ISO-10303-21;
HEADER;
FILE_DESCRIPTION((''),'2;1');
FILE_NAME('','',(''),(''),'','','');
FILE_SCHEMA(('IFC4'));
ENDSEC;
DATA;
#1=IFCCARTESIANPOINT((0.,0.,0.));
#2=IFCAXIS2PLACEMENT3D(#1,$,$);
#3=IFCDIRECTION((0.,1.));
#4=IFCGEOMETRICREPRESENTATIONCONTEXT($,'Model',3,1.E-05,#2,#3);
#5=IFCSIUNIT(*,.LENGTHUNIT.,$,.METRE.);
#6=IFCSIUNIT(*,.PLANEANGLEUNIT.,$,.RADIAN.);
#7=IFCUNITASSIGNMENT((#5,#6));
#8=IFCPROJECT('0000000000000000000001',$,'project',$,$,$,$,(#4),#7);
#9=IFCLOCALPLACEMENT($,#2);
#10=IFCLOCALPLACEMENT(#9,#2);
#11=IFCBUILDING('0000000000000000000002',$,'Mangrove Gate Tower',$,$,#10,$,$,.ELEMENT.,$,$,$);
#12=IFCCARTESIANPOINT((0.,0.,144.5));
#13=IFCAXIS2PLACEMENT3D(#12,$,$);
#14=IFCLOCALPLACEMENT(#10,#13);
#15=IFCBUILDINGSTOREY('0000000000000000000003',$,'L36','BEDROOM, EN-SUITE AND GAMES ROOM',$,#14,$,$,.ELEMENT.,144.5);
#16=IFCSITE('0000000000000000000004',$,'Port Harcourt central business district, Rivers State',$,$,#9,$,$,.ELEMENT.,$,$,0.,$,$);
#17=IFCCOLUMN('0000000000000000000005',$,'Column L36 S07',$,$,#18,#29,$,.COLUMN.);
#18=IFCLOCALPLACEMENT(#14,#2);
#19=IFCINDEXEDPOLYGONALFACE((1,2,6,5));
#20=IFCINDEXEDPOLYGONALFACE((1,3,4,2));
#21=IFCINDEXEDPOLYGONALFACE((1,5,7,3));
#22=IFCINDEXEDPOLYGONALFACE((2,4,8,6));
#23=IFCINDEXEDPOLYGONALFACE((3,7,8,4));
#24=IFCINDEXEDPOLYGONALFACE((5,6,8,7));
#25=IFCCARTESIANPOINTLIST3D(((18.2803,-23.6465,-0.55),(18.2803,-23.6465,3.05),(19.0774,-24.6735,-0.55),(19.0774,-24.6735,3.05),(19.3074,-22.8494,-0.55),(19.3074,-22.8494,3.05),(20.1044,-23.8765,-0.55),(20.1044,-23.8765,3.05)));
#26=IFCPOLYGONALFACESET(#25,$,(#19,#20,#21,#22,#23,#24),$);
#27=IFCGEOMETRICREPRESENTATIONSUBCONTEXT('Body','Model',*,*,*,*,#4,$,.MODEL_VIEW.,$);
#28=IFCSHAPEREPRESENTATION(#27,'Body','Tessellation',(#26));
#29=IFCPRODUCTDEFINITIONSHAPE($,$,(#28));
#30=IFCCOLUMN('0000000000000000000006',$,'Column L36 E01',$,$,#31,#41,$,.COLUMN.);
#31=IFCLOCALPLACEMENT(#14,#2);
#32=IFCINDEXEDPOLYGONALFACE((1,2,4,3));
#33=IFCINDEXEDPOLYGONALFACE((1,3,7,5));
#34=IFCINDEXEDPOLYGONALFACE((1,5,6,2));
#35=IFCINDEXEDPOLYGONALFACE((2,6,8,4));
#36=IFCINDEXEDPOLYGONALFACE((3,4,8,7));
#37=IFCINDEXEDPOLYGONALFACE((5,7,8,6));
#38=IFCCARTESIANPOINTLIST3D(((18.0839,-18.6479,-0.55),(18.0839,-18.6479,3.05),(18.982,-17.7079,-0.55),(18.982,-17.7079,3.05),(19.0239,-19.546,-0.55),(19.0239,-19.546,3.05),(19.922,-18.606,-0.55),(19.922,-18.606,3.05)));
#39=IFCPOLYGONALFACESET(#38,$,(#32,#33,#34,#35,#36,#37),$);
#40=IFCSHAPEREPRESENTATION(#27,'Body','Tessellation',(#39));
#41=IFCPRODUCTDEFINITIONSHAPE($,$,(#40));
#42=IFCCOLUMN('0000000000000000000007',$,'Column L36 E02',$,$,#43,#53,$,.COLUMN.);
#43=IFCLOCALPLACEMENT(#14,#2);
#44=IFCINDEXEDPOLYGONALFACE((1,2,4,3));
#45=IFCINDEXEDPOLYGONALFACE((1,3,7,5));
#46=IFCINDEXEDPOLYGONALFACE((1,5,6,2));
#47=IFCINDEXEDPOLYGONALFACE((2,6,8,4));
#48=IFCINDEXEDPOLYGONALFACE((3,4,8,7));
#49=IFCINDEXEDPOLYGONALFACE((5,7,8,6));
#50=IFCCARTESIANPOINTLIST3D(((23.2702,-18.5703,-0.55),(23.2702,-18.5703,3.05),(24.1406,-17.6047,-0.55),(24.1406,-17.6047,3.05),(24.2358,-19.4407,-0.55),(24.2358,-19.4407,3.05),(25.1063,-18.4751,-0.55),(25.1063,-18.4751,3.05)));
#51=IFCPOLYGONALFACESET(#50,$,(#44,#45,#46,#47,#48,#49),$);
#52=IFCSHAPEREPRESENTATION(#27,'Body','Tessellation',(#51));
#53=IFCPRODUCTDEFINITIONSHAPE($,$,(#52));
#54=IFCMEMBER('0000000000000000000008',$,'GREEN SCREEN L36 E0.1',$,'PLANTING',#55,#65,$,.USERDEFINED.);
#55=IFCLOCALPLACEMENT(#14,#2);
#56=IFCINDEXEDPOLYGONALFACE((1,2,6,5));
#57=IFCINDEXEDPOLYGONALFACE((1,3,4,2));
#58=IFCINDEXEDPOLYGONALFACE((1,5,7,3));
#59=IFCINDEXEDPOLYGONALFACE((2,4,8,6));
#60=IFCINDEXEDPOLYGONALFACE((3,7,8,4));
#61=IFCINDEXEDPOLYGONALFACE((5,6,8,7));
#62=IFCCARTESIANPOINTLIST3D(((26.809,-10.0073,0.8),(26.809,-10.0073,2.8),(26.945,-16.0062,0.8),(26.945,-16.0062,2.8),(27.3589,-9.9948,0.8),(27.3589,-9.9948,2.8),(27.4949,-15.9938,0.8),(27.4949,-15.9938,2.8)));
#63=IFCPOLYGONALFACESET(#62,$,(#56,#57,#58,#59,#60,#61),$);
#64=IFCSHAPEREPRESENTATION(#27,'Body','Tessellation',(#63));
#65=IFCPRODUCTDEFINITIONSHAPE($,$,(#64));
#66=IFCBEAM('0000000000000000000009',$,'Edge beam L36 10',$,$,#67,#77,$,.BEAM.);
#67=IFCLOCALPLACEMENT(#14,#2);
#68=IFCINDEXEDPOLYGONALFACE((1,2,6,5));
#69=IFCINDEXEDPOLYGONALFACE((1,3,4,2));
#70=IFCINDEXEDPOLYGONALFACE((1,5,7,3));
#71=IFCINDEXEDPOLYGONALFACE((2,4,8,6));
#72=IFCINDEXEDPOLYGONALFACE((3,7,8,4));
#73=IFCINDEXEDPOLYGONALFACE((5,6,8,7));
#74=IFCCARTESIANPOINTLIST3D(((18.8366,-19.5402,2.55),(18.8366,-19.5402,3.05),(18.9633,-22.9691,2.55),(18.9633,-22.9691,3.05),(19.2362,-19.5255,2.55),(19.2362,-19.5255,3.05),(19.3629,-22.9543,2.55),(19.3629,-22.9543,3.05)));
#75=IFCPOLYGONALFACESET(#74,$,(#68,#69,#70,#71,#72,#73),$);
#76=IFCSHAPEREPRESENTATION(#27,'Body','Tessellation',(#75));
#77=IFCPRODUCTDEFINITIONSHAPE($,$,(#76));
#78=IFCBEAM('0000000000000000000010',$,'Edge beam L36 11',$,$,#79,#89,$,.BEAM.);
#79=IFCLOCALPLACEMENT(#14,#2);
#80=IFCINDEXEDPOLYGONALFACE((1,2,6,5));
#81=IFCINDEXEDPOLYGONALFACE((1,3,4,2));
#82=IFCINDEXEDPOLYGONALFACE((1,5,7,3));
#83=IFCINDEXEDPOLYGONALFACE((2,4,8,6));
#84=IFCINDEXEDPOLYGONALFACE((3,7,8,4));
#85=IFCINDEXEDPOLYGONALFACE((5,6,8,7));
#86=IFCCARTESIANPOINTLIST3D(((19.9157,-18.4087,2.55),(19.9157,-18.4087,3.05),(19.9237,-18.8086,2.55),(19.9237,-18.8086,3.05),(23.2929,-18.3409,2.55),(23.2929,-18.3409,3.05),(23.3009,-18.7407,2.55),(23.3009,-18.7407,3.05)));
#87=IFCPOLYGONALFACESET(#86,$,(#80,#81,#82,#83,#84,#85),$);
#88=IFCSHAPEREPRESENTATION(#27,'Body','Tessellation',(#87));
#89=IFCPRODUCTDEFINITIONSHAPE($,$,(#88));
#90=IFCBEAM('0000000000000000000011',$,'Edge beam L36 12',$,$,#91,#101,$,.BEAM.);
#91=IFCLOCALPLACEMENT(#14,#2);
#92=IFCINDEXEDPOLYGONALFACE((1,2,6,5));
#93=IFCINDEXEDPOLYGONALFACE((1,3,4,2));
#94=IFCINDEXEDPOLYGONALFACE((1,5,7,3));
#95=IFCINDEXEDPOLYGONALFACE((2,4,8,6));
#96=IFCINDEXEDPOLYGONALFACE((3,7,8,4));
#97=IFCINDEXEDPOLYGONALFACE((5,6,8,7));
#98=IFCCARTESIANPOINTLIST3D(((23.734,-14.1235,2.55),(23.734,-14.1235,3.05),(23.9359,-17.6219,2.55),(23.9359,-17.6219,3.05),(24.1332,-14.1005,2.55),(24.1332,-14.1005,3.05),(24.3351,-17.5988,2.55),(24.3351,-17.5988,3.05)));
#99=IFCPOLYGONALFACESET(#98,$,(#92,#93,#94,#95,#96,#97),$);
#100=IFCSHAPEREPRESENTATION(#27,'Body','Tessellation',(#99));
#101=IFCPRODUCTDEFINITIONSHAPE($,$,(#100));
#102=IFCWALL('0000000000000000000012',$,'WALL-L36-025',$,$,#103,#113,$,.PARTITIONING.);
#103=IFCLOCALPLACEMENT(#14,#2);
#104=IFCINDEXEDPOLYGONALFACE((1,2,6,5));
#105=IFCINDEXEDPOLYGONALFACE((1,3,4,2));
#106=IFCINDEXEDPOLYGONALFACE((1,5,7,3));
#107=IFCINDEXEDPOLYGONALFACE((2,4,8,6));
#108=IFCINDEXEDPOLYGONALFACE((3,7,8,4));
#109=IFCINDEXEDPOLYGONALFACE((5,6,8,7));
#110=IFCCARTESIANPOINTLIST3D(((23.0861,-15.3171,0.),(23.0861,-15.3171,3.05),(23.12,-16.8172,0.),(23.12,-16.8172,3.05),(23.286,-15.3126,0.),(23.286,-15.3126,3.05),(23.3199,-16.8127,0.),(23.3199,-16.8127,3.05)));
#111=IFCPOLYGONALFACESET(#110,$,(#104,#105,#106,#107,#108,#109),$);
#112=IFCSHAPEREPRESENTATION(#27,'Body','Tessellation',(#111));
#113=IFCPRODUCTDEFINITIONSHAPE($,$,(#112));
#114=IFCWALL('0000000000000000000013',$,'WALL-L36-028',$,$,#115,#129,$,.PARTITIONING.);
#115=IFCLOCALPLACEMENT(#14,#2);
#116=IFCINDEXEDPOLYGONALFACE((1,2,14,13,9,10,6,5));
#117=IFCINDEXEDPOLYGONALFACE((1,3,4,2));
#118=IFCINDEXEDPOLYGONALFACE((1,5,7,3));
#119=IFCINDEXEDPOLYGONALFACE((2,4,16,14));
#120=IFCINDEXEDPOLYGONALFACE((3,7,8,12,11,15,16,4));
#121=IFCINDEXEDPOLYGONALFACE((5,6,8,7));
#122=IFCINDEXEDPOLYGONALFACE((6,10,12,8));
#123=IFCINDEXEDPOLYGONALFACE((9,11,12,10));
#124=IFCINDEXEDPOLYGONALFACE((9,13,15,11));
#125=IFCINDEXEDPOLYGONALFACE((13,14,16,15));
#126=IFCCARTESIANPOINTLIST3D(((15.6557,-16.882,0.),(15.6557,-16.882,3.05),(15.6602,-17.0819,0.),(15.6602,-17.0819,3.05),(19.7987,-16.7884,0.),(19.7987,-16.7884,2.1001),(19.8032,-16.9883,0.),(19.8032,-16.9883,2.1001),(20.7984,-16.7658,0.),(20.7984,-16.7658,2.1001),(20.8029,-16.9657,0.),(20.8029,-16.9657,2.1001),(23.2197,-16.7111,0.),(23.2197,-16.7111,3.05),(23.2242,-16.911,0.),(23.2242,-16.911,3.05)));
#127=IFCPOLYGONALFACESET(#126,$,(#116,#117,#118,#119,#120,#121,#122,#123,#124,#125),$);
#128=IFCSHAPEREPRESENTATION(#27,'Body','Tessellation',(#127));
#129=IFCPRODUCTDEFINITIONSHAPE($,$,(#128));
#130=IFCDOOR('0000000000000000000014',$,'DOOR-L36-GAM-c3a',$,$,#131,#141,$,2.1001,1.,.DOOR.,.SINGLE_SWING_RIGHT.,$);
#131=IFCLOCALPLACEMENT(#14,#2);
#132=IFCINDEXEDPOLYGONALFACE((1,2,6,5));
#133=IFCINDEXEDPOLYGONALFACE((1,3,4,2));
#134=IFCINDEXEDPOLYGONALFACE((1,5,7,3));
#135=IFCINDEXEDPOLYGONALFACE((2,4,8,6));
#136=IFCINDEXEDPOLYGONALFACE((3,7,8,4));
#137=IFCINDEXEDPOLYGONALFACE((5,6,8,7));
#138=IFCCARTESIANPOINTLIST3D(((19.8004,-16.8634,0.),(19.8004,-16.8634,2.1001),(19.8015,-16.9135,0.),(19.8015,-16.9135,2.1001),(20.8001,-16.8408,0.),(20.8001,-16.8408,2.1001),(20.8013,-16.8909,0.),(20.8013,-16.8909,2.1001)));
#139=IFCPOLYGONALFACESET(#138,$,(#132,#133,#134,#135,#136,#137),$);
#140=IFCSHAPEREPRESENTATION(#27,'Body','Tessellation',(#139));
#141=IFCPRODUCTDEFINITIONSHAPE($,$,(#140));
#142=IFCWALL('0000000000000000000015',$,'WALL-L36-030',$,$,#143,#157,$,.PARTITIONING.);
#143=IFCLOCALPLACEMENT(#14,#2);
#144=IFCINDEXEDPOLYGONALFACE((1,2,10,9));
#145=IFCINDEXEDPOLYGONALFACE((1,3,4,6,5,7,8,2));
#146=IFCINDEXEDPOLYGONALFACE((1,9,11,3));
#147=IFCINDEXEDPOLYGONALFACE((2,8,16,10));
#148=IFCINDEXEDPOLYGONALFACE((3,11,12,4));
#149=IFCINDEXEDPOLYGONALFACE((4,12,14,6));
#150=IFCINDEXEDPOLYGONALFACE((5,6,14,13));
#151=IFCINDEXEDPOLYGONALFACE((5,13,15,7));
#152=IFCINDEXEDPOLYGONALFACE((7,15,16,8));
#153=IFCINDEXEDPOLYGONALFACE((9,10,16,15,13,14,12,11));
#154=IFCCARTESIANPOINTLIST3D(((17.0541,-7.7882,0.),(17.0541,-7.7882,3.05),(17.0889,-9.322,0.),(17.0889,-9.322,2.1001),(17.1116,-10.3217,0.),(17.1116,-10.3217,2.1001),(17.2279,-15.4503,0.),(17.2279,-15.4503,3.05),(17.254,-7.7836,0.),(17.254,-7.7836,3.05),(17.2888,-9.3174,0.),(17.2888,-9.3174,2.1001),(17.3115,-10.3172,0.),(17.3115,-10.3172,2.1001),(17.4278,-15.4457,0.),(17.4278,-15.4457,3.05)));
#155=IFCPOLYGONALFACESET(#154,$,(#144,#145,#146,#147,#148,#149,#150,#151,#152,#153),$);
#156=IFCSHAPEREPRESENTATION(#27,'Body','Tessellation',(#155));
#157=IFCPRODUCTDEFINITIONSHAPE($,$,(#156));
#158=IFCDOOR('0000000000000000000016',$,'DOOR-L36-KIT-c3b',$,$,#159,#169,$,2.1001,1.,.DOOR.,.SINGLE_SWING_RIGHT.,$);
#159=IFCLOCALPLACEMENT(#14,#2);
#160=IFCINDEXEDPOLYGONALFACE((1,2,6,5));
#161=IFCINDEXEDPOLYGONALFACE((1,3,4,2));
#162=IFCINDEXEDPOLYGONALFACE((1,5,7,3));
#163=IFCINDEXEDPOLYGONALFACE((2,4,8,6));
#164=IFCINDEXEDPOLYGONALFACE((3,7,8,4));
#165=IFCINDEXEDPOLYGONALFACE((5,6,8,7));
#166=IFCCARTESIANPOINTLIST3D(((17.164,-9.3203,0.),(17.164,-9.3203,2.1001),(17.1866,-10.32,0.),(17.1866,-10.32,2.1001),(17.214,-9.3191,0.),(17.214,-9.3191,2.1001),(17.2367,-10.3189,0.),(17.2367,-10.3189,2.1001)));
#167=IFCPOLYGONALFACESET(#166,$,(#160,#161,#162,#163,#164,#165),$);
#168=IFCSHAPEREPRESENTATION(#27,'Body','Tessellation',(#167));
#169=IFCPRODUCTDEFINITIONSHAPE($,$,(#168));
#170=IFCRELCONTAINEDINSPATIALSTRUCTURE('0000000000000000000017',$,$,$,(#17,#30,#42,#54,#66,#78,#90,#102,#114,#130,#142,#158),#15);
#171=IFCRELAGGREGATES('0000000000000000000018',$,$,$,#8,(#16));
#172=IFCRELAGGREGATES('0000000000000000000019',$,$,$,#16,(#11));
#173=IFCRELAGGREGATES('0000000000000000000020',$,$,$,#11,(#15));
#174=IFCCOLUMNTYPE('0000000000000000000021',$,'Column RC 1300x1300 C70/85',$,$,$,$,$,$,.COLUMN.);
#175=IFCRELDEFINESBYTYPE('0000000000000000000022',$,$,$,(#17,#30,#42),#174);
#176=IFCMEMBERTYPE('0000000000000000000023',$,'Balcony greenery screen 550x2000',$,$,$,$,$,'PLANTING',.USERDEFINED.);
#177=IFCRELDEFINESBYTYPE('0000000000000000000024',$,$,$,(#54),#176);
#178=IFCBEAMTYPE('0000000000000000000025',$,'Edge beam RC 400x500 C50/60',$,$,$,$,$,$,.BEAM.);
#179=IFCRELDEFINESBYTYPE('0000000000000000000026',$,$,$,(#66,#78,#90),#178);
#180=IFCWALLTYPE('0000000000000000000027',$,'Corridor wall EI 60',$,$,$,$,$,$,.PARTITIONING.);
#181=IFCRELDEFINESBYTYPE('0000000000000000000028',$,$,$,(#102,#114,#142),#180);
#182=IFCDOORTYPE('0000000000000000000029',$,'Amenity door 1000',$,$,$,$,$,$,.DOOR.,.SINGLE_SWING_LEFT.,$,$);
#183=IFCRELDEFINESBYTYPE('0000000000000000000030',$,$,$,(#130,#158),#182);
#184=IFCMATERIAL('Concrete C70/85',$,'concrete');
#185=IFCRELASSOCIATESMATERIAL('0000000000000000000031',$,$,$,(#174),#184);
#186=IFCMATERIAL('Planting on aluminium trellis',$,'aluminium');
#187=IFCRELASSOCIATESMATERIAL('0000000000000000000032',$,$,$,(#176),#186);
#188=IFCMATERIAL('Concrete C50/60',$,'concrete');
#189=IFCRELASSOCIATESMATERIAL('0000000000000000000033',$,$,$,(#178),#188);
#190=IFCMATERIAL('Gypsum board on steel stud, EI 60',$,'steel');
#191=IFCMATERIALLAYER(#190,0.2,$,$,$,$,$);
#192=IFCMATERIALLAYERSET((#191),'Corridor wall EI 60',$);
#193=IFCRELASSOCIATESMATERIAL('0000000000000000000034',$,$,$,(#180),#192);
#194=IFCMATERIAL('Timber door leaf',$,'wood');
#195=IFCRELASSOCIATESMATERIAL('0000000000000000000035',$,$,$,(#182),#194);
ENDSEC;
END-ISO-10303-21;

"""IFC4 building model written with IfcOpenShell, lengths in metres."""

from ifc_helpers import new_model, si_unit, direction, frame, frame_2d, origin, origin_2d, place, context, subcontext, project, spatial, rectangle, extrude, material, layer, layer_set, material_profile, profile_set, type_object, element, fill, save


model = new_model("IFC4")

# Units and contexts
model_context = context("Model", 3, precision=1e-05, world=origin(), true_north=direction((0.0, 1.0)))
body_context = subcontext(model_context, "Body", "Model", "MODEL_VIEW")
ifc_project = project(units=[si_unit("LENGTHUNIT", "METRE"), si_unit("PLANEANGLEUNIT", "RADIAN")], contexts=[model_context])

# Site, building, storey
site_placement = place(None, origin())
site = spatial("IfcSite", under=ifc_project, at=site_placement, Name="Port Harcourt central business district, Rivers State", CompositionType="ELEMENT", RefElevation=0.0)
building_placement = place(site_placement, origin())
building = spatial("IfcBuilding", under=site, at=building_placement, Name="Mangrove Gate Tower", CompositionType="ELEMENT")
storey_placement = place(building_placement, frame((0.0, 0.0, 144.5)))
storey = spatial("IfcBuildingStorey", under=building, at=storey_placement, Name="L36", Description="BEDROOM, EN-SUITE AND GAMES ROOM", CompositionType="ELEMENT", Elevation=144.5)

# Columns
ifc_material_1 = material(Name="Concrete C70/85", Category="concrete")
ifc_material_profile_1 = material_profile(ifc_material_1, rectangle(XDim=1.3, YDim=1.3, at=origin_2d()))
ifc_profile_set_1 = profile_set([ifc_material_profile_1], Name="Concrete C70/85")
column_type = type_object("IfcColumnType", Name="Column RC 1300x1300 C70/85", PredefinedType="COLUMN", material=ifc_profile_set_1)
for number, where, z_axis, x_axis, name in (
    (1, (19.1924, -23.7615, -0.55), (0.0, 0.0, 1.0), (0.790005, 0.613101, 0.0), "Column L36 S07"),
    (2, (19.0029, -18.627, -0.55), (0.0, 0.0, 1.0), (0.690809, 0.723037, 0.0), "Column L36 E01"),
    (3, (24.1882, -18.5227, -0.55), (0.0, 0.0, 1.0), (0.669533, 0.742782, 0.0), "Column L36 E02"),
):
    element("IfcColumn", number, at=place(storey_placement, frame(where, z_axis=z_axis, x_axis=x_axis)), inside=storey, type_object=column_type, Name=name, PredefinedType="COLUMN", context=body_context, shape_type="SweptSolid", body=[
        extrude(rectangle(XDim=1.3, YDim=1.3, at=origin_2d()), origin(), (0.0, 0.0, 1.0), 3.6001),
    ])

# Member
ifc_material_2 = material(Name="Planting on aluminium trellis", Category="aluminium")
ifc_material_profile_2 = material_profile(ifc_material_2, rectangle(XDim=0.55, YDim=2.0, at=origin_2d()))
ifc_profile_set_2 = profile_set([ifc_material_profile_2], Name="Planting on aluminium trellis")
member_type = type_object("IfcMemberType", Name="Balcony greenery screen 550x2000", ElementType="PLANTING", PredefinedType="USERDEFINED", material=ifc_profile_set_2)
member_placement = place(storey_placement, frame((27.22, -16.0, 1.8), z_axis=(-0.022662, 0.999743, 0.0), x_axis=(-0.999743, -0.022662, 0.0)))
element("IfcMember", 4, at=member_placement, inside=storey, type_object=member_type, Name="GREEN SCREEN L36 E0.1", ObjectType="PLANTING", PredefinedType="USERDEFINED", context=body_context, shape_type="SweptSolid", body=[
    extrude(rectangle(XDim=0.55, YDim=2.0, at=origin_2d()), origin(), (0.0, 0.0, 1.0), 6.0005),
])

# Beams
ifc_material_3 = material(Name="Concrete C50/60", Category="concrete")
ifc_material_profile_3 = material_profile(ifc_material_3, rectangle(XDim=0.3999, YDim=0.5, at=origin_2d()))
ifc_profile_set_3 = profile_set([ifc_material_profile_3], Name="Concrete C50/60")
beam_type = type_object("IfcBeamType", Name="Edge beam RC 400x500 C50/60", PredefinedType="BEAM", material=ifc_profile_set_3)
beam_1_placement = place(storey_placement, frame((19.1631, -22.9617, 2.8), z_axis=(-0.03693, 0.999318, 0.0), x_axis=(-0.999318, -0.03693, 0.0)))
element("IfcBeam", 5, at=beam_1_placement, inside=storey, type_object=beam_type, Name="Edge beam L36 10", PredefinedType="BEAM", context=body_context, shape_type="SweptSolid", body=[
    extrude(rectangle(XDim=0.3999, YDim=0.5, at=origin_2d()), origin(), (0.0, 0.0, 1.0), 3.4312),
])
beam_2_placement = place(storey_placement, frame((19.9197, -18.6086, 2.8), z_axis=(0.999798, 0.020093, 0.0), x_axis=(-0.020093, 0.999798, 0.0)))
element("IfcBeam", 6, at=beam_2_placement, inside=storey, type_object=beam_type, Name="Edge beam L36 11", PredefinedType="BEAM", context=body_context, shape_type="SweptSolid", body=[
    extrude(rectangle(XDim=0.3999, YDim=0.5, at=origin_2d()), origin(), (0.0, 0.0, 1.0), 3.3779),
])
beam_3_placement = place(storey_placement, frame((24.1355, -17.6104, 2.8), z_axis=(-0.057619, 0.998339, 0.0), x_axis=(-0.998339, -0.057619, 0.0)))
element("IfcBeam", 7, at=beam_3_placement, inside=storey, type_object=beam_type, Name="Edge beam L36 12", PredefinedType="BEAM", context=body_context, shape_type="SweptSolid", body=[
    extrude(rectangle(XDim=0.3999, YDim=0.5, at=origin_2d()), origin(), (0.0, 0.0, 1.0), 3.5042),
])

# Wall
ifc_material_4 = material(Name="Gypsum board on steel stud, EI 60", Category="steel")
ifc_layer_1 = layer(ifc_material_4, 0.2)
ifc_layer_set_1 = layer_set([ifc_layer_1], Name="Corridor wall EI 60")
wall_type_1 = type_object("IfcWallType", Name="Corridor wall EI 60", PredefinedType="PARTITIONING", material=ifc_layer_set_1)
wall_1_placement = place(storey_placement, frame((23.22, -16.8149, 0.0), z_axis=(0.0, 0.0, 1.0), x_axis=(-0.022618, 0.999744, 0.0)))
element("IfcWall", 8, at=wall_1_placement, inside=storey, type_object=wall_type_1, Name="WALL-L36-025", PredefinedType="PARTITIONING", context=body_context, shape_type="SweptSolid", body=[
    extrude(rectangle(XDim=1.5005, YDim=0.2, at=frame_2d((0.7502, 0.0))), origin(), (0.0, 0.0, 1.0), 3.05),
])

# Walls, openings, doors
wall_2_placement = place(storey_placement, frame((15.658, -16.9819, 0.0), z_axis=(0.0, 0.0, 1.0), x_axis=(0.999745, 0.022588, 0.0)))
wall_2 = element("IfcWall", 9, at=wall_2_placement, inside=storey, type_object=wall_type_1, Name="WALL-L36-028", PredefinedType="PARTITIONING", context=body_context, shape_type="SweptSolid", body=[
    extrude(rectangle(XDim=7.5659, YDim=0.2, at=frame_2d((3.783, 0.0))), origin(), (0.0, 0.0, 1.0), 3.05),
])
opening_1_placement = place(wall_2_placement, frame((4.144, 0.0, 0.0)))
opening_1 = element("IfcOpeningElement", 10, at=opening_1_placement, cuts=wall_2, PredefinedType="OPENING", context=body_context, shape_type="SweptSolid", body=[
    extrude(rectangle(XDim=1.0, YDim=2.1001, at=frame_2d((0.5, 1.05))), frame((0.0, 0.1099, 0.0), z_axis=(0.0, -1.0, 0.0), x_axis=(1.0, 0.0, 0.0)), (0.0, 0.0, 1.0), 0.22),
])
ifc_material_5 = material(Name="Timber door leaf", Category="wood")
door_type_1 = type_object("IfcDoorType", Name="Amenity door 1000", OperationType="SINGLE_SWING_LEFT", PredefinedType="DOOR", material=ifc_material_5)
door_1_placement = place(opening_1_placement, origin())
door_1 = element("IfcDoor", 11, at=door_1_placement, inside=storey, type_object=door_type_1, Name="DOOR-L36-GAM-c3a", OperationType="SINGLE_SWING_RIGHT", OverallHeight=2.1001, OverallWidth=1.0, PredefinedType="DOOR", context=body_context, shape_type="SweptSolid", body=[
    extrude(rectangle(XDim=1.0, YDim=2.1001, at=frame_2d((0.5, 1.05))), frame((0.0, 0.0249, 0.0), z_axis=(0.0, -1.0, 0.0), x_axis=(1.0, 0.0, 0.0)), (0.0, 0.0, 1.0), 0.05),
])
fill(opening_1, door_1)
wall_3_placement = place(storey_placement, frame((17.3279, -15.448, 0.0), z_axis=(0.0, 0.0, 1.0), x_axis=(-0.022681, 0.999743, 0.0)))
wall_3 = element("IfcWall", 12, at=wall_3_placement, inside=storey, type_object=wall_type_1, Name="WALL-L36-030", PredefinedType="PARTITIONING", context=body_context, shape_type="SweptSolid", body=[
    extrude(rectangle(XDim=7.6641, YDim=0.2, at=frame_2d((3.832, 0.0))), origin(), (0.0, 0.0, 1.0), 3.05),
])
opening_2_placement = place(wall_3_placement, frame((5.1299, 0.0, 0.0)))
opening_2 = element("IfcOpeningElement", 13, at=opening_2_placement, cuts=wall_3, PredefinedType="OPENING", context=body_context, shape_type="SweptSolid", body=[
    extrude(rectangle(XDim=1.0, YDim=2.1001, at=frame_2d((0.5, 1.05))), frame((0.0, 0.1099, 0.0), z_axis=(0.0, -1.0, 0.0), x_axis=(1.0, 0.0, 0.0)), (0.0, 0.0, 1.0), 0.22),
])
door_2_placement = place(opening_2_placement, origin())
door_2 = element("IfcDoor", 14, at=door_2_placement, inside=storey, type_object=door_type_1, Name="DOOR-L36-KIT-c3b", OperationType="SINGLE_SWING_RIGHT", OverallHeight=2.1001, OverallWidth=1.0, PredefinedType="DOOR", context=body_context, shape_type="SweptSolid", body=[
    extrude(rectangle(XDim=1.0, YDim=2.1001, at=frame_2d((0.5, 1.05))), frame((0.0, 0.0249, 0.0), z_axis=(0.0, -1.0, 0.0), x_axis=(1.0, 0.0, 0.0)), (0.0, 0.0, 1.0), 0.05),
])
fill(opening_2, door_2)

save(model, "model.ifc")
